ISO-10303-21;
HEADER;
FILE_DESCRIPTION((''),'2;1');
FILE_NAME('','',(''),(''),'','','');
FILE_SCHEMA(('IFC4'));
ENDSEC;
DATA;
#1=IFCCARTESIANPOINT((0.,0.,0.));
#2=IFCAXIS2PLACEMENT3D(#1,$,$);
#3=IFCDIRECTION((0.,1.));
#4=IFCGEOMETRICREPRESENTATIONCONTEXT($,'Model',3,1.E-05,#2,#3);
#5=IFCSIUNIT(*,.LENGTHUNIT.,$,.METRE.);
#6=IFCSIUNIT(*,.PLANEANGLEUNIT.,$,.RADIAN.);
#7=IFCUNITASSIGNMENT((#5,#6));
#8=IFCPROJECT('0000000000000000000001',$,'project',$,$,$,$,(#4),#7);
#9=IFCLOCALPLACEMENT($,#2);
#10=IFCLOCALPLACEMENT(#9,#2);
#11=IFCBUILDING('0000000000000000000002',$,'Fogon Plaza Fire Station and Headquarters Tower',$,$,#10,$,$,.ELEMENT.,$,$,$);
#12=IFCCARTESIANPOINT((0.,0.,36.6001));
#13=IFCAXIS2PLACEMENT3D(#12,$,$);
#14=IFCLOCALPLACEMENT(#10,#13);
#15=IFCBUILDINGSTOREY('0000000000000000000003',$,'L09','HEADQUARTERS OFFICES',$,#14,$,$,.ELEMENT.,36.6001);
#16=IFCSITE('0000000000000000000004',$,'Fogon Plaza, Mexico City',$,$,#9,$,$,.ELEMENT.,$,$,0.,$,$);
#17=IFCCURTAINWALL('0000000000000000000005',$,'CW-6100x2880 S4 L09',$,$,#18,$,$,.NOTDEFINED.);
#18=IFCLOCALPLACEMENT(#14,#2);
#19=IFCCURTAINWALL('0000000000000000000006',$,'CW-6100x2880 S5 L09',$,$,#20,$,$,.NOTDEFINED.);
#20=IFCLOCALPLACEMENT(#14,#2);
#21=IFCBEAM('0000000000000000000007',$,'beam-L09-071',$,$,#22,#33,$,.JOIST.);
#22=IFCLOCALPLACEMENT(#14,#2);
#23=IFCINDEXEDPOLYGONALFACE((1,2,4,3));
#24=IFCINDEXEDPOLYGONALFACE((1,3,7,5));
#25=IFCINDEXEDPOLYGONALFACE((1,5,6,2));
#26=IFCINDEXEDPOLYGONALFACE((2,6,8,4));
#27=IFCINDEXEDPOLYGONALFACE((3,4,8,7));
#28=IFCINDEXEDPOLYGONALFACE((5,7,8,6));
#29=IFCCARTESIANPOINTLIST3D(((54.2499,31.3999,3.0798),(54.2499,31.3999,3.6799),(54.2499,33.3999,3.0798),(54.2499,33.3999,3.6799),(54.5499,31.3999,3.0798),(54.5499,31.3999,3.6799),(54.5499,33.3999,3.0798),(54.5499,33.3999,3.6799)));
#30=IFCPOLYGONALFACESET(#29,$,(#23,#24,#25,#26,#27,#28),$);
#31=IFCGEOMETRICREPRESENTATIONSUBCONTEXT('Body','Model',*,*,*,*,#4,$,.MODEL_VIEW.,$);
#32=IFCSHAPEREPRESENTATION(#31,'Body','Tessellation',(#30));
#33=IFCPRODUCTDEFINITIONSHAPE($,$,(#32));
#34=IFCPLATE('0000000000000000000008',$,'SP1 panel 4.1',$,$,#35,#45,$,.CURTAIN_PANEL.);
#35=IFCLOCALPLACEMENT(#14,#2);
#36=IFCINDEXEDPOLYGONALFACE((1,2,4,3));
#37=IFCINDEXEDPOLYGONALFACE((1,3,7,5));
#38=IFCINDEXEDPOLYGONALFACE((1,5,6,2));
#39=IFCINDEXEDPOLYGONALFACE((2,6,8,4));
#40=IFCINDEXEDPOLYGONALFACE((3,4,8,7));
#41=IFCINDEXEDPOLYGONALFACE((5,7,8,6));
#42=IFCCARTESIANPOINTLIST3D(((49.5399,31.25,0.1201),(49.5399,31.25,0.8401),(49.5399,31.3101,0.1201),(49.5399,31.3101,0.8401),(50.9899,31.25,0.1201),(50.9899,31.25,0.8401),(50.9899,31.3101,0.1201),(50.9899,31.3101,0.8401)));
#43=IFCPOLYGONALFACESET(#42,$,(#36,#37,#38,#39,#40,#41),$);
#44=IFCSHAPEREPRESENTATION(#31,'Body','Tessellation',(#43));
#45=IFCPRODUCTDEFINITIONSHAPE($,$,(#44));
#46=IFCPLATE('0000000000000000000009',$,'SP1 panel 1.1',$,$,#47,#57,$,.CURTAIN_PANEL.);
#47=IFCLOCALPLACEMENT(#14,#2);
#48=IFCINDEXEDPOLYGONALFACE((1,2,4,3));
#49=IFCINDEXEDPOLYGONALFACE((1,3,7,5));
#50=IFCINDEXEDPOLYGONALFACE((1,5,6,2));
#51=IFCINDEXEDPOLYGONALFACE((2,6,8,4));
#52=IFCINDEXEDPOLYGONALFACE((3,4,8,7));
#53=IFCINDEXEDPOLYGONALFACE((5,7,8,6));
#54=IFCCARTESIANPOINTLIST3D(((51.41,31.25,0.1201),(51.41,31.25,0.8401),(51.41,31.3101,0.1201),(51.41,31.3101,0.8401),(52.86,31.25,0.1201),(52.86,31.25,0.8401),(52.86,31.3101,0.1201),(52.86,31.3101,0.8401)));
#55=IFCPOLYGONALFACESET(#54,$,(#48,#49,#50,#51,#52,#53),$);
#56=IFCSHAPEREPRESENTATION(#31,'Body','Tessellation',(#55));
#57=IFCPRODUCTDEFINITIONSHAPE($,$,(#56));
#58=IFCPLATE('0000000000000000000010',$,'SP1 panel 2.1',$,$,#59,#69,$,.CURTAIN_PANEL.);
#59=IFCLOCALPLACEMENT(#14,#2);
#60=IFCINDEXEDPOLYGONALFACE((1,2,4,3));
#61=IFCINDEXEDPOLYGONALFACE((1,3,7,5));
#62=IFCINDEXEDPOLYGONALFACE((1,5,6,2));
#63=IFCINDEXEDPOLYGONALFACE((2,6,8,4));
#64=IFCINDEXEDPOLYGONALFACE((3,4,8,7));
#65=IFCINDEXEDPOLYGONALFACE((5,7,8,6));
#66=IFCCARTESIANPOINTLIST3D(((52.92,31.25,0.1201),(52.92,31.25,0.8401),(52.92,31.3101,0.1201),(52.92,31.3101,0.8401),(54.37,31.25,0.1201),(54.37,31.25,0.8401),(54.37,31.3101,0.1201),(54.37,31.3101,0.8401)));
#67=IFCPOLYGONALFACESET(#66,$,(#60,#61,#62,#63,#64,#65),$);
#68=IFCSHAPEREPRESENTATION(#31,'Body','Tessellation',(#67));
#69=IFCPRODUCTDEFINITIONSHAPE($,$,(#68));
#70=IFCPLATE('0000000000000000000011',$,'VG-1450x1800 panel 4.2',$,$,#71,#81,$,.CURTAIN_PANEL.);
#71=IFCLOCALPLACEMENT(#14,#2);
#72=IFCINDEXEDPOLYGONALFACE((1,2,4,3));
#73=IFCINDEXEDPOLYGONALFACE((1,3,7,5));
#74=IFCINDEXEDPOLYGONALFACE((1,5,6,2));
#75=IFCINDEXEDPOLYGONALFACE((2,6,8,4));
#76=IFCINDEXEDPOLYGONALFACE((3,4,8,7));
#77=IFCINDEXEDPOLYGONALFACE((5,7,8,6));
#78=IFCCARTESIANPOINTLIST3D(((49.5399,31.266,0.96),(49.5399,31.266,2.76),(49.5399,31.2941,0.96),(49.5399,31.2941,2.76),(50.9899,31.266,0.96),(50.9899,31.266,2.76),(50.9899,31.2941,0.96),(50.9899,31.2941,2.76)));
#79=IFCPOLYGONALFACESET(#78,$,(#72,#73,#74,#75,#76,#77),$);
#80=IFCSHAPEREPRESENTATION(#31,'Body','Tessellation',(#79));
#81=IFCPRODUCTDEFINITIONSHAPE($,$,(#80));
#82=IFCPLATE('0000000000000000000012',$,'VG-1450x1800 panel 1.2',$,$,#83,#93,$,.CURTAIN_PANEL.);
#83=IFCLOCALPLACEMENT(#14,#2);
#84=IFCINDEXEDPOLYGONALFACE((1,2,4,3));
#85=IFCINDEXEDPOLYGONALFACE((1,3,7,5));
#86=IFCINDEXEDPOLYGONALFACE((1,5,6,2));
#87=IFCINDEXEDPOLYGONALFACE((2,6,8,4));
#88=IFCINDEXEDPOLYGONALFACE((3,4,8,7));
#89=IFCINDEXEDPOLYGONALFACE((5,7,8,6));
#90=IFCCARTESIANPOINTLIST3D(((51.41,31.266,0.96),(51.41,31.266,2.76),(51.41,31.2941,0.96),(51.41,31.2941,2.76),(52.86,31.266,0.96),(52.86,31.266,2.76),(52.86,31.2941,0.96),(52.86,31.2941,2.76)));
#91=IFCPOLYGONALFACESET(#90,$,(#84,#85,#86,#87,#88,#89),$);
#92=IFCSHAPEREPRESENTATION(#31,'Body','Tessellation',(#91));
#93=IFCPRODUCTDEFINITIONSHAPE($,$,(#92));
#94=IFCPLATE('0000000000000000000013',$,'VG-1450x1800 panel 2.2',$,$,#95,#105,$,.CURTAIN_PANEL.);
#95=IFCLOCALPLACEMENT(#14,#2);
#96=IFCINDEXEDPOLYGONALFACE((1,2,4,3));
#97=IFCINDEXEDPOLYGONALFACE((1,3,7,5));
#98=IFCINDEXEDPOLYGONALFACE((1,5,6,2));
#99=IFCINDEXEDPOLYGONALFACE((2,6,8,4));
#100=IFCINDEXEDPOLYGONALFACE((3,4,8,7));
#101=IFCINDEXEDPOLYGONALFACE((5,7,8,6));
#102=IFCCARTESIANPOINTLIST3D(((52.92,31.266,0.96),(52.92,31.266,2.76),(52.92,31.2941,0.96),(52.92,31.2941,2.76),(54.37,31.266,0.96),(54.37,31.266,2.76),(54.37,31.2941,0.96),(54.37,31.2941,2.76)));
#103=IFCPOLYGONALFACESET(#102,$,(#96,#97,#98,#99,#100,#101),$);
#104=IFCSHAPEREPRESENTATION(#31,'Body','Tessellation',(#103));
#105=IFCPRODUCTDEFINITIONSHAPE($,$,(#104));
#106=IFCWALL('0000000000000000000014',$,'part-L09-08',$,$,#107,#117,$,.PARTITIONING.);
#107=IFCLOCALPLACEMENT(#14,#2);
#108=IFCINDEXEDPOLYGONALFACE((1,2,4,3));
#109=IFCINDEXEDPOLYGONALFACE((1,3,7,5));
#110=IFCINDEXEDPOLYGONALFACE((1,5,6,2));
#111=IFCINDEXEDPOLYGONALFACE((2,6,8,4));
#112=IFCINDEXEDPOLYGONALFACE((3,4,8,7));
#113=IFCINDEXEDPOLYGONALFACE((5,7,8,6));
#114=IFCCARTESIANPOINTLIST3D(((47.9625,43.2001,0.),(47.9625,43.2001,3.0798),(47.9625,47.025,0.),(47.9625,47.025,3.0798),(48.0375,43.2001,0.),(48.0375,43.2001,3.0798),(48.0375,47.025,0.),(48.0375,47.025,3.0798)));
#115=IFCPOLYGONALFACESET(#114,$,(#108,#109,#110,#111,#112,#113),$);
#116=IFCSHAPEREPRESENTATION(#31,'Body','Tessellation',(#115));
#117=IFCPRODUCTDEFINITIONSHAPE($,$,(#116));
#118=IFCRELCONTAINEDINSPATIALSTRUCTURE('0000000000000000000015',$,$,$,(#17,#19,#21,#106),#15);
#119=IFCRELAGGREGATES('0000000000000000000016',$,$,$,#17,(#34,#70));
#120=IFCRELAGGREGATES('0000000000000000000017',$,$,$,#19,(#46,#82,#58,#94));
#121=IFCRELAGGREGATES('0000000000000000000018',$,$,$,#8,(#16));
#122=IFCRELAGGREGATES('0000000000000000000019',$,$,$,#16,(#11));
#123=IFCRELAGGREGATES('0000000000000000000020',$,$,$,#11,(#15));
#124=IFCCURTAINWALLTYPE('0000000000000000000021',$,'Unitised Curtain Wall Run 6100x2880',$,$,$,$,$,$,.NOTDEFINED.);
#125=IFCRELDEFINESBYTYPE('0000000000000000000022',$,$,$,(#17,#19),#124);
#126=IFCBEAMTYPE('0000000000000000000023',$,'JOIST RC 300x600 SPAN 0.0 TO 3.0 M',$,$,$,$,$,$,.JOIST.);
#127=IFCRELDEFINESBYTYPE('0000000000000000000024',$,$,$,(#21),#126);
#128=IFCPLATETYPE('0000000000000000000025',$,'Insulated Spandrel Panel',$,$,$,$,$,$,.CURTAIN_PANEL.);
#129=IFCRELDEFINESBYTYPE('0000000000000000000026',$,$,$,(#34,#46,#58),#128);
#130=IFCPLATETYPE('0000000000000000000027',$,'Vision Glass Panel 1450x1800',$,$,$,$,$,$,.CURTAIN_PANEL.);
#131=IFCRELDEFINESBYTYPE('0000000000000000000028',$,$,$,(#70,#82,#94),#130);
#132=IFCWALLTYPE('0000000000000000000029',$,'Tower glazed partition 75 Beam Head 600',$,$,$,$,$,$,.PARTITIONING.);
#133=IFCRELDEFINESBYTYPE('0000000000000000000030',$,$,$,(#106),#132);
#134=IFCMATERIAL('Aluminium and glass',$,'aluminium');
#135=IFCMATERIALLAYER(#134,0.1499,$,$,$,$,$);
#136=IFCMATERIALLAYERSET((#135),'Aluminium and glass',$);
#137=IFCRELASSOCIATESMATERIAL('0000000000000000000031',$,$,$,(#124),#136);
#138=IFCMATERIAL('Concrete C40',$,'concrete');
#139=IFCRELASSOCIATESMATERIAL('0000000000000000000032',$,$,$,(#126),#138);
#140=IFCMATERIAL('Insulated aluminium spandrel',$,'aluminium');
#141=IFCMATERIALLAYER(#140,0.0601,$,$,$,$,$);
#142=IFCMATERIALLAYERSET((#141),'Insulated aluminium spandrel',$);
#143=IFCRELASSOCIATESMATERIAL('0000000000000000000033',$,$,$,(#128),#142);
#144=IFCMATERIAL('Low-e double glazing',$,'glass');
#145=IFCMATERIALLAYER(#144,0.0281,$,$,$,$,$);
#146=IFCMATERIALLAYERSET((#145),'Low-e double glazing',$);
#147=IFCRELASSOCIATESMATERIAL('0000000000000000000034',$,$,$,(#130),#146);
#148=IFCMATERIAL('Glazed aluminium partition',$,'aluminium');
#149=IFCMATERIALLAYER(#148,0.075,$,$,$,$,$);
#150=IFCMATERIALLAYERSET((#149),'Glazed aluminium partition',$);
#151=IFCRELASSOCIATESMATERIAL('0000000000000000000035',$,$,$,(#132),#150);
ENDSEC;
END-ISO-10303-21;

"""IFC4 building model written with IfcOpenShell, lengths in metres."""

from ifc_helpers import new_model, si_unit, direction, frame, frame_2d, origin, origin_2d, place, context, subcontext, project, spatial, rectangle, extrude, material, layer, layer_set, material_profile, profile_set, type_object, element, aggregate, save


model = new_model("IFC4")

# Units and contexts
model_context = context("Model", 3, precision=1e-05, world=origin(), true_north=direction((0.0, 1.0)))
body_context = subcontext(model_context, "Body", "Model", "MODEL_VIEW")
ifc_project = project(units=[si_unit("LENGTHUNIT", "METRE"), si_unit("PLANEANGLEUNIT", "RADIAN")], contexts=[model_context])

# Site, building, storey
site_placement = place(None, origin())
site = spatial("IfcSite", under=ifc_project, at=site_placement, Name="Fogon Plaza, Mexico City", CompositionType="ELEMENT", RefElevation=0.0)
building_placement = place(site_placement, origin())
building = spatial("IfcBuilding", under=site, at=building_placement, Name="Fogon Plaza Fire Station and Headquarters Tower", CompositionType="ELEMENT")
storey_placement = place(building_placement, frame((0.0, 0.0, 36.6001)))
storey = spatial("IfcBuildingStorey", under=building, at=storey_placement, Name="L09", Description="HEADQUARTERS OFFICES", CompositionType="ELEMENT", Elevation=36.6001)

# Curtain wall
ifc_material_1 = material(Name="Aluminium and glass", Category="aluminium")
ifc_layer_1 = layer(ifc_material_1, 0.1499)
ifc_layer_set_1 = layer_set([ifc_layer_1], Name="Aluminium and glass")
curtain_wall_type = type_object("IfcCurtainWallType", Name="Unitised Curtain Wall Run 6100x2880", PredefinedType="NOTDEFINED", material=ifc_layer_set_1)
curtain_wall_1_placement = place(storey_placement, origin())
curtain_wall_1 = element("IfcCurtainWall", 1, at=curtain_wall_1_placement, inside=storey, type_object=curtain_wall_type, Name="CW-6100x2880 S4 L09", PredefinedType="NOTDEFINED")

# Curtain wall
curtain_wall_2_placement = place(storey_placement, origin())
curtain_wall_2 = element("IfcCurtainWall", 2, at=curtain_wall_2_placement, inside=storey, type_object=curtain_wall_type, Name="CW-6100x2880 S5 L09", PredefinedType="NOTDEFINED")

# Beam
ifc_material_2 = material(Name="Concrete C40", Category="concrete")
ifc_material_profile_1 = material_profile(ifc_material_2, rectangle(XDim=0.3, YDim=0.6001, at=origin_2d()), Name="RC 300x600")
ifc_profile_set_1 = profile_set([ifc_material_profile_1], Name="Concrete C40")
beam_type_1 = type_object("IfcBeamType", Name="JOIST RC 300x600 SPAN 0.0 TO 3.0 M", PredefinedType="JOIST", material=ifc_profile_set_1)
for number, where, z_axis, x_axis, name in (
    (3, (54.3999, 31.3999, 3.3799), (0.0, 1.0, 0.0), (-1.0, 0.0, 0.0), "beam-L09-071"),
):
    element("IfcBeam", number, at=place(storey_placement, frame(where, z_axis=z_axis, x_axis=x_axis)), inside=storey, type_object=beam_type_1, Name=name, PredefinedType="JOIST", context=body_context, shape_type="SweptSolid", body=[
        extrude(rectangle(XDim=0.3, YDim=0.6001, at=origin_2d()), origin(), (0.0, 0.0, 1.0), 2.0),
    ])

# Plates
ifc_material_3 = material(Name="Insulated aluminium spandrel", Category="aluminium")
ifc_layer_2 = layer(ifc_material_3, 0.0601)
ifc_layer_set_2 = layer_set([ifc_layer_2], Name="Insulated aluminium spandrel")
plate_type_1 = type_object("IfcPlateType", Name="Insulated Spandrel Panel", PredefinedType="CURTAIN_PANEL", material=ifc_layer_set_2)
plate_1_placement = place(storey_placement, frame((50.2649, 31.28, 0.1201), z_axis=(0.0, 0.0, 1.0), x_axis=(1.0, 0.0, 0.0)))
plate_1 = element("IfcPlate", 4, at=plate_1_placement, type_object=plate_type_1, Name="SP1 panel 4.1", PredefinedType="CURTAIN_PANEL", context=body_context, shape_type="SweptSolid", body=[
    extrude(rectangle(XDim=1.45, YDim=0.0601, at=origin_2d()), origin(), (0.0, 0.0, 1.0), 0.72),
])
plate_2_placement = place(storey_placement, frame((52.135, 31.28, 0.1201), z_axis=(0.0, 0.0, 1.0), x_axis=(1.0, 0.0, 0.0)))
plate_2 = element("IfcPlate", 5, at=plate_2_placement, type_object=plate_type_1, Name="SP1 panel 1.1", PredefinedType="CURTAIN_PANEL", context=body_context, shape_type="SweptSolid", body=[
    extrude(rectangle(XDim=1.45, YDim=0.0601, at=origin_2d()), origin(), (0.0, 0.0, 1.0), 0.72),
])
plate_3_placement = place(storey_placement, frame((53.645, 31.28, 0.1201), z_axis=(0.0, 0.0, 1.0), x_axis=(1.0, 0.0, 0.0)))
plate_3 = element("IfcPlate", 6, at=plate_3_placement, type_object=plate_type_1, Name="SP1 panel 2.1", PredefinedType="CURTAIN_PANEL", context=body_context, shape_type="SweptSolid", body=[
    extrude(rectangle(XDim=1.45, YDim=0.0601, at=origin_2d()), origin(), (0.0, 0.0, 1.0), 0.72),
])
ifc_material_4 = material(Name="Low-e double glazing", Category="glass")
ifc_layer_3 = layer(ifc_material_4, 0.0281)
ifc_layer_set_3 = layer_set([ifc_layer_3], Name="Low-e double glazing")
plate_type_2 = type_object("IfcPlateType", Name="Vision Glass Panel 1450x1800", PredefinedType="CURTAIN_PANEL", material=ifc_layer_set_3)
plate_4_placement = place(storey_placement, frame((50.2649, 31.28, 0.96), z_axis=(0.0, 0.0, 1.0), x_axis=(1.0, 0.0, 0.0)))
plate_4 = element("IfcPlate", 7, at=plate_4_placement, type_object=plate_type_2, Name="VG-1450x1800 panel 4.2", PredefinedType="CURTAIN_PANEL", context=body_context, shape_type="SweptSolid", body=[
    extrude(rectangle(XDim=1.45, YDim=0.0281, at=origin_2d()), origin(), (0.0, 0.0, 1.0), 1.8),
])
aggregate(curtain_wall_1, [plate_1, plate_4])
plate_5_placement = place(storey_placement, frame((52.135, 31.28, 0.96), z_axis=(0.0, 0.0, 1.0), x_axis=(1.0, 0.0, 0.0)))
plate_5 = element("IfcPlate", 8, at=plate_5_placement, type_object=plate_type_2, Name="VG-1450x1800 panel 1.2", PredefinedType="CURTAIN_PANEL", context=body_context, shape_type="SweptSolid", body=[
    extrude(rectangle(XDim=1.45, YDim=0.0281, at=origin_2d()), origin(), (0.0, 0.0, 1.0), 1.8),
])
plate_6_placement = place(storey_placement, frame((53.645, 31.28, 0.96), z_axis=(0.0, 0.0, 1.0), x_axis=(1.0, 0.0, 0.0)))
plate_6 = element("IfcPlate", 9, at=plate_6_placement, type_object=plate_type_2, Name="VG-1450x1800 panel 2.2", PredefinedType="CURTAIN_PANEL", context=body_context, shape_type="SweptSolid", body=[
    extrude(rectangle(XDim=1.45, YDim=0.0281, at=origin_2d()), origin(), (0.0, 0.0, 1.0), 1.8),
])
aggregate(curtain_wall_2, [plate_2, plate_5, plate_3, plate_6])

# Wall
ifc_material_5 = material(Name="Glazed aluminium partition", Category="aluminium")
ifc_layer_4 = layer(ifc_material_5, 0.075)
ifc_layer_set_4 = layer_set([ifc_layer_4], Name="Glazed aluminium partition")
wall_type = type_object("IfcWallType", Name="Tower glazed partition 75 Beam Head 600", PredefinedType="PARTITIONING", material=ifc_layer_set_4)
wall_placement = place(storey_placement, frame((48.0, 43.2, 0.0), z_axis=(0.0, 0.0, 1.0), x_axis=(0.0, 1.0, 0.0)))
element("IfcWall", 10, at=wall_placement, inside=storey, type_object=wall_type, Name="part-L09-08", PredefinedType="PARTITIONING", context=body_context, shape_type="SweptSolid", body=[
    extrude(rectangle(XDim=3.825, YDim=0.075, at=frame_2d((1.9126, 0.0))), origin(), (0.0, 0.0, 1.0), 3.0798),
])

save(model, "model.ifc")
